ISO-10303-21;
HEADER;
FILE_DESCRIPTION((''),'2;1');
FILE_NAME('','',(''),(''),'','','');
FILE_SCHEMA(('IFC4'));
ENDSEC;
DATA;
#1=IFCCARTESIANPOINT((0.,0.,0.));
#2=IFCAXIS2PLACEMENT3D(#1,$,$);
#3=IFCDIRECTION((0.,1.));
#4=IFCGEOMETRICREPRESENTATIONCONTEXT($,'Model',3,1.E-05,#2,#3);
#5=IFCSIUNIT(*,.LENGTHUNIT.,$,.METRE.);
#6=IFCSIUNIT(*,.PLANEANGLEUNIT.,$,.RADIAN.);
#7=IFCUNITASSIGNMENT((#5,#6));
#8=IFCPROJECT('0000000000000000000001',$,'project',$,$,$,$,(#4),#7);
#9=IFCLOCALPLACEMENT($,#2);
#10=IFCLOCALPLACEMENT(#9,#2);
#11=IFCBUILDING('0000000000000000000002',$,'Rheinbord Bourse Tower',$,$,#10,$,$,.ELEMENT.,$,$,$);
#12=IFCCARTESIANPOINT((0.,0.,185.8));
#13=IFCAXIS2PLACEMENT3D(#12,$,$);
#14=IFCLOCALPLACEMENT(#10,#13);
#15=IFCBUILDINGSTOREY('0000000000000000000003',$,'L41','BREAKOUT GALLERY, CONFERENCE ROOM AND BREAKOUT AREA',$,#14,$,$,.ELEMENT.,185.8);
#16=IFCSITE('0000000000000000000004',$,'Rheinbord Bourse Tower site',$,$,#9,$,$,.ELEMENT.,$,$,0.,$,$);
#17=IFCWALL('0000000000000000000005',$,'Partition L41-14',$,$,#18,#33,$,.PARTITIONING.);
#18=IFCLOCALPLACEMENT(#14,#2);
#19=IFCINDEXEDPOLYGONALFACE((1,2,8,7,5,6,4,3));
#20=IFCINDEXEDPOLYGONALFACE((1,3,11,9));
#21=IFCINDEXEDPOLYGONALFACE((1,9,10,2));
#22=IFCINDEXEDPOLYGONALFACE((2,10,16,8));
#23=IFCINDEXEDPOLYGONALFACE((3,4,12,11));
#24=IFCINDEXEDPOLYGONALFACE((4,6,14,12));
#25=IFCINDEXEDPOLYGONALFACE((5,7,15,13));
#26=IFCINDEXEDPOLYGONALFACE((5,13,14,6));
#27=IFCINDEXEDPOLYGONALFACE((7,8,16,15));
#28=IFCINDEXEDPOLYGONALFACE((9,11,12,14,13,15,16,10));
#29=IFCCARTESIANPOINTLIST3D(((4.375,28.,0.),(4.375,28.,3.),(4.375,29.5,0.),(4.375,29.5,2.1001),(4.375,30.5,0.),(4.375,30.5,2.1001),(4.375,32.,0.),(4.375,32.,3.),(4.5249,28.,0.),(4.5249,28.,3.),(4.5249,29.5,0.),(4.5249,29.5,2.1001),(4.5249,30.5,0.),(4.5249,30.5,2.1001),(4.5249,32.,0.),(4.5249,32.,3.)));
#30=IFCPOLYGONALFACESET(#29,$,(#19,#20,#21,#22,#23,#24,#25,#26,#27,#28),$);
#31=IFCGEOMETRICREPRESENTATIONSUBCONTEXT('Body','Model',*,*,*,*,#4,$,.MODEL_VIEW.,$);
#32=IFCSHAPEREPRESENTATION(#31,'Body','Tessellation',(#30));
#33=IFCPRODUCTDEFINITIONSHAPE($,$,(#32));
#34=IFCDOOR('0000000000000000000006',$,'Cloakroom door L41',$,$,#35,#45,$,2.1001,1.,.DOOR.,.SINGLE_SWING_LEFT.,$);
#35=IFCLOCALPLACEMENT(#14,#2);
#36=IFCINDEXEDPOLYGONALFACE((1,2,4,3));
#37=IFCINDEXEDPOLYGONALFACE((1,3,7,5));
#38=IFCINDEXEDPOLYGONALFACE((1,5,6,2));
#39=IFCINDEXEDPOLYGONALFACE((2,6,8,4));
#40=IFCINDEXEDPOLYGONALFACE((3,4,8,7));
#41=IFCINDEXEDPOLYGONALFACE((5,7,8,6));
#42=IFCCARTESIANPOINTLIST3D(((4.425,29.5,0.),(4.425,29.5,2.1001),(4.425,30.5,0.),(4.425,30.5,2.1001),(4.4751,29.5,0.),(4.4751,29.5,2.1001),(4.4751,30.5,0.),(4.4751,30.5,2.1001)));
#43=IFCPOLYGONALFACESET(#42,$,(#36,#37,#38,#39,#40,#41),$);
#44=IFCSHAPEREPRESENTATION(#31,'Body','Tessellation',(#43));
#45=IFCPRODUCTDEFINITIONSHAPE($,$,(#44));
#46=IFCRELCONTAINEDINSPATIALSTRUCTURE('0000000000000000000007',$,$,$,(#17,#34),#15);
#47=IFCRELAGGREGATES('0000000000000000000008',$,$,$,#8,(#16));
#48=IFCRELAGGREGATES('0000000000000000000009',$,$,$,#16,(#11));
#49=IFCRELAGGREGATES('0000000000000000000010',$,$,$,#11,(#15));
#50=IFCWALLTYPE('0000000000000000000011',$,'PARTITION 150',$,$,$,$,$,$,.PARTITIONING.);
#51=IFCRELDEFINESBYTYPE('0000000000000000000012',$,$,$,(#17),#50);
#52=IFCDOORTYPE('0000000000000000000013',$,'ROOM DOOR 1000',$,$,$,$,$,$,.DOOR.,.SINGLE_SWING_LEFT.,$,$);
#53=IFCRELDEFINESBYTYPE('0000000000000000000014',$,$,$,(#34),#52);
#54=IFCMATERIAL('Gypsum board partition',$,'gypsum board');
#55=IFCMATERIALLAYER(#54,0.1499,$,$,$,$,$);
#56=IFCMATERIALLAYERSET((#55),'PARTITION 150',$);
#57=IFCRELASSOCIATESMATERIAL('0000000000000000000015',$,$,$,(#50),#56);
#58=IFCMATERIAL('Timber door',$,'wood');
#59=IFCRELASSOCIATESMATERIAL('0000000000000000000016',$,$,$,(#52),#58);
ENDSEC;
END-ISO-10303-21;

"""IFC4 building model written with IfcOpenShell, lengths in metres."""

from ifc_helpers import new_model, si_unit, direction, frame, frame_2d, origin, place, context, subcontext, project, spatial, rectangle, extrude, material, layer, layer_set, type_object, element, fill, save


model = new_model("IFC4")

# Units and contexts
model_context = context("Model", 3, precision=1e-05, world=origin(), true_north=direction((0.0, 1.0)))
body_context = subcontext(model_context, "Body", "Model", "MODEL_VIEW")
ifc_project = project(units=[si_unit("LENGTHUNIT", "METRE"), si_unit("PLANEANGLEUNIT", "RADIAN")], contexts=[model_context])

# Site, building, storey
site_placement = place(None, origin())
site = spatial("IfcSite", under=ifc_project, at=site_placement, Name="Rheinbord Bourse Tower site", CompositionType="ELEMENT", RefElevation=0.0)
building_placement = place(site_placement, origin())
building = spatial("IfcBuilding", under=site, at=building_placement, Name="Rheinbord Bourse Tower", CompositionType="ELEMENT")
storey_placement = place(building_placement, frame((0.0, 0.0, 185.8)))
storey = spatial("IfcBuildingStorey", under=building, at=storey_placement, Name="L41", Description="BREAKOUT GALLERY, CONFERENCE ROOM AND BREAKOUT AREA", CompositionType="ELEMENT", Elevation=185.8)

# Shared definitions
ifc_material_1 = material(Name="Gypsum board partition", Category="gypsum board")
ifc_layer_1 = layer(ifc_material_1, 0.1499)
ifc_layer_set_1 = layer_set([ifc_layer_1], Name="PARTITION 150")
wall_type = type_object("IfcWallType", Name="PARTITION 150", PredefinedType="PARTITIONING", material=ifc_layer_set_1)

# Wall, opening, door
wall_1_placement = place(storey_placement, frame((4.45, 28.0, 0.0), z_axis=(0.0, 0.0, 1.0), x_axis=(0.0, 1.0, 0.0)))
wall_1 = element("IfcWall", 1, at=wall_1_placement, inside=storey, type_object=wall_type, Name="Partition L41-14", PredefinedType="PARTITIONING", context=body_context, shape_type="SweptSolid", body=[
    extrude(rectangle(XDim=4.0, YDim=0.1499, at=frame_2d((2.0, 0.0))), origin(), (0.0, 0.0, 1.0), 3.0),
])
opening_placement = place(wall_1_placement, frame((1.5, 0.0, 0.0)))
opening = element("IfcOpeningElement", 2, at=opening_placement, cuts=wall_1, PredefinedType="OPENING", context=body_context, shape_type="SweptSolid", body=[
    extrude(rectangle(XDim=1.0, YDim=2.1001, at=frame_2d((0.5, 1.05))), frame((0.0, 0.085, 0.0), z_axis=(0.0, -1.0, 0.0), x_axis=(1.0, 0.0, 0.0)), (0.0, 0.0, 1.0), 0.1699),
])
ifc_material_2 = material(Name="Timber door", Category="wood")
door_type = type_object("IfcDoorType", Name="ROOM DOOR 1000", OperationType="SINGLE_SWING_LEFT", PredefinedType="DOOR", material=ifc_material_2)
door_placement = place(opening_placement, origin())
door = element("IfcDoor", 3, at=door_placement, inside=storey, type_object=door_type, Name="Cloakroom door L41", OperationType="SINGLE_SWING_LEFT", OverallHeight=2.1001, OverallWidth=1.0, PredefinedType="DOOR", context=body_context, shape_type="SweptSolid", body=[
    extrude(rectangle(XDim=1.0, YDim=2.1001, at=frame_2d((0.5, 1.05))), frame((0.0, 0.0249, 0.0), z_axis=(0.0, -1.0, 0.0), x_axis=(1.0, 0.0, 0.0)), (0.0, 0.0, 1.0), 0.05),
])
fill(opening, door)

save(model, "model.ifc")
